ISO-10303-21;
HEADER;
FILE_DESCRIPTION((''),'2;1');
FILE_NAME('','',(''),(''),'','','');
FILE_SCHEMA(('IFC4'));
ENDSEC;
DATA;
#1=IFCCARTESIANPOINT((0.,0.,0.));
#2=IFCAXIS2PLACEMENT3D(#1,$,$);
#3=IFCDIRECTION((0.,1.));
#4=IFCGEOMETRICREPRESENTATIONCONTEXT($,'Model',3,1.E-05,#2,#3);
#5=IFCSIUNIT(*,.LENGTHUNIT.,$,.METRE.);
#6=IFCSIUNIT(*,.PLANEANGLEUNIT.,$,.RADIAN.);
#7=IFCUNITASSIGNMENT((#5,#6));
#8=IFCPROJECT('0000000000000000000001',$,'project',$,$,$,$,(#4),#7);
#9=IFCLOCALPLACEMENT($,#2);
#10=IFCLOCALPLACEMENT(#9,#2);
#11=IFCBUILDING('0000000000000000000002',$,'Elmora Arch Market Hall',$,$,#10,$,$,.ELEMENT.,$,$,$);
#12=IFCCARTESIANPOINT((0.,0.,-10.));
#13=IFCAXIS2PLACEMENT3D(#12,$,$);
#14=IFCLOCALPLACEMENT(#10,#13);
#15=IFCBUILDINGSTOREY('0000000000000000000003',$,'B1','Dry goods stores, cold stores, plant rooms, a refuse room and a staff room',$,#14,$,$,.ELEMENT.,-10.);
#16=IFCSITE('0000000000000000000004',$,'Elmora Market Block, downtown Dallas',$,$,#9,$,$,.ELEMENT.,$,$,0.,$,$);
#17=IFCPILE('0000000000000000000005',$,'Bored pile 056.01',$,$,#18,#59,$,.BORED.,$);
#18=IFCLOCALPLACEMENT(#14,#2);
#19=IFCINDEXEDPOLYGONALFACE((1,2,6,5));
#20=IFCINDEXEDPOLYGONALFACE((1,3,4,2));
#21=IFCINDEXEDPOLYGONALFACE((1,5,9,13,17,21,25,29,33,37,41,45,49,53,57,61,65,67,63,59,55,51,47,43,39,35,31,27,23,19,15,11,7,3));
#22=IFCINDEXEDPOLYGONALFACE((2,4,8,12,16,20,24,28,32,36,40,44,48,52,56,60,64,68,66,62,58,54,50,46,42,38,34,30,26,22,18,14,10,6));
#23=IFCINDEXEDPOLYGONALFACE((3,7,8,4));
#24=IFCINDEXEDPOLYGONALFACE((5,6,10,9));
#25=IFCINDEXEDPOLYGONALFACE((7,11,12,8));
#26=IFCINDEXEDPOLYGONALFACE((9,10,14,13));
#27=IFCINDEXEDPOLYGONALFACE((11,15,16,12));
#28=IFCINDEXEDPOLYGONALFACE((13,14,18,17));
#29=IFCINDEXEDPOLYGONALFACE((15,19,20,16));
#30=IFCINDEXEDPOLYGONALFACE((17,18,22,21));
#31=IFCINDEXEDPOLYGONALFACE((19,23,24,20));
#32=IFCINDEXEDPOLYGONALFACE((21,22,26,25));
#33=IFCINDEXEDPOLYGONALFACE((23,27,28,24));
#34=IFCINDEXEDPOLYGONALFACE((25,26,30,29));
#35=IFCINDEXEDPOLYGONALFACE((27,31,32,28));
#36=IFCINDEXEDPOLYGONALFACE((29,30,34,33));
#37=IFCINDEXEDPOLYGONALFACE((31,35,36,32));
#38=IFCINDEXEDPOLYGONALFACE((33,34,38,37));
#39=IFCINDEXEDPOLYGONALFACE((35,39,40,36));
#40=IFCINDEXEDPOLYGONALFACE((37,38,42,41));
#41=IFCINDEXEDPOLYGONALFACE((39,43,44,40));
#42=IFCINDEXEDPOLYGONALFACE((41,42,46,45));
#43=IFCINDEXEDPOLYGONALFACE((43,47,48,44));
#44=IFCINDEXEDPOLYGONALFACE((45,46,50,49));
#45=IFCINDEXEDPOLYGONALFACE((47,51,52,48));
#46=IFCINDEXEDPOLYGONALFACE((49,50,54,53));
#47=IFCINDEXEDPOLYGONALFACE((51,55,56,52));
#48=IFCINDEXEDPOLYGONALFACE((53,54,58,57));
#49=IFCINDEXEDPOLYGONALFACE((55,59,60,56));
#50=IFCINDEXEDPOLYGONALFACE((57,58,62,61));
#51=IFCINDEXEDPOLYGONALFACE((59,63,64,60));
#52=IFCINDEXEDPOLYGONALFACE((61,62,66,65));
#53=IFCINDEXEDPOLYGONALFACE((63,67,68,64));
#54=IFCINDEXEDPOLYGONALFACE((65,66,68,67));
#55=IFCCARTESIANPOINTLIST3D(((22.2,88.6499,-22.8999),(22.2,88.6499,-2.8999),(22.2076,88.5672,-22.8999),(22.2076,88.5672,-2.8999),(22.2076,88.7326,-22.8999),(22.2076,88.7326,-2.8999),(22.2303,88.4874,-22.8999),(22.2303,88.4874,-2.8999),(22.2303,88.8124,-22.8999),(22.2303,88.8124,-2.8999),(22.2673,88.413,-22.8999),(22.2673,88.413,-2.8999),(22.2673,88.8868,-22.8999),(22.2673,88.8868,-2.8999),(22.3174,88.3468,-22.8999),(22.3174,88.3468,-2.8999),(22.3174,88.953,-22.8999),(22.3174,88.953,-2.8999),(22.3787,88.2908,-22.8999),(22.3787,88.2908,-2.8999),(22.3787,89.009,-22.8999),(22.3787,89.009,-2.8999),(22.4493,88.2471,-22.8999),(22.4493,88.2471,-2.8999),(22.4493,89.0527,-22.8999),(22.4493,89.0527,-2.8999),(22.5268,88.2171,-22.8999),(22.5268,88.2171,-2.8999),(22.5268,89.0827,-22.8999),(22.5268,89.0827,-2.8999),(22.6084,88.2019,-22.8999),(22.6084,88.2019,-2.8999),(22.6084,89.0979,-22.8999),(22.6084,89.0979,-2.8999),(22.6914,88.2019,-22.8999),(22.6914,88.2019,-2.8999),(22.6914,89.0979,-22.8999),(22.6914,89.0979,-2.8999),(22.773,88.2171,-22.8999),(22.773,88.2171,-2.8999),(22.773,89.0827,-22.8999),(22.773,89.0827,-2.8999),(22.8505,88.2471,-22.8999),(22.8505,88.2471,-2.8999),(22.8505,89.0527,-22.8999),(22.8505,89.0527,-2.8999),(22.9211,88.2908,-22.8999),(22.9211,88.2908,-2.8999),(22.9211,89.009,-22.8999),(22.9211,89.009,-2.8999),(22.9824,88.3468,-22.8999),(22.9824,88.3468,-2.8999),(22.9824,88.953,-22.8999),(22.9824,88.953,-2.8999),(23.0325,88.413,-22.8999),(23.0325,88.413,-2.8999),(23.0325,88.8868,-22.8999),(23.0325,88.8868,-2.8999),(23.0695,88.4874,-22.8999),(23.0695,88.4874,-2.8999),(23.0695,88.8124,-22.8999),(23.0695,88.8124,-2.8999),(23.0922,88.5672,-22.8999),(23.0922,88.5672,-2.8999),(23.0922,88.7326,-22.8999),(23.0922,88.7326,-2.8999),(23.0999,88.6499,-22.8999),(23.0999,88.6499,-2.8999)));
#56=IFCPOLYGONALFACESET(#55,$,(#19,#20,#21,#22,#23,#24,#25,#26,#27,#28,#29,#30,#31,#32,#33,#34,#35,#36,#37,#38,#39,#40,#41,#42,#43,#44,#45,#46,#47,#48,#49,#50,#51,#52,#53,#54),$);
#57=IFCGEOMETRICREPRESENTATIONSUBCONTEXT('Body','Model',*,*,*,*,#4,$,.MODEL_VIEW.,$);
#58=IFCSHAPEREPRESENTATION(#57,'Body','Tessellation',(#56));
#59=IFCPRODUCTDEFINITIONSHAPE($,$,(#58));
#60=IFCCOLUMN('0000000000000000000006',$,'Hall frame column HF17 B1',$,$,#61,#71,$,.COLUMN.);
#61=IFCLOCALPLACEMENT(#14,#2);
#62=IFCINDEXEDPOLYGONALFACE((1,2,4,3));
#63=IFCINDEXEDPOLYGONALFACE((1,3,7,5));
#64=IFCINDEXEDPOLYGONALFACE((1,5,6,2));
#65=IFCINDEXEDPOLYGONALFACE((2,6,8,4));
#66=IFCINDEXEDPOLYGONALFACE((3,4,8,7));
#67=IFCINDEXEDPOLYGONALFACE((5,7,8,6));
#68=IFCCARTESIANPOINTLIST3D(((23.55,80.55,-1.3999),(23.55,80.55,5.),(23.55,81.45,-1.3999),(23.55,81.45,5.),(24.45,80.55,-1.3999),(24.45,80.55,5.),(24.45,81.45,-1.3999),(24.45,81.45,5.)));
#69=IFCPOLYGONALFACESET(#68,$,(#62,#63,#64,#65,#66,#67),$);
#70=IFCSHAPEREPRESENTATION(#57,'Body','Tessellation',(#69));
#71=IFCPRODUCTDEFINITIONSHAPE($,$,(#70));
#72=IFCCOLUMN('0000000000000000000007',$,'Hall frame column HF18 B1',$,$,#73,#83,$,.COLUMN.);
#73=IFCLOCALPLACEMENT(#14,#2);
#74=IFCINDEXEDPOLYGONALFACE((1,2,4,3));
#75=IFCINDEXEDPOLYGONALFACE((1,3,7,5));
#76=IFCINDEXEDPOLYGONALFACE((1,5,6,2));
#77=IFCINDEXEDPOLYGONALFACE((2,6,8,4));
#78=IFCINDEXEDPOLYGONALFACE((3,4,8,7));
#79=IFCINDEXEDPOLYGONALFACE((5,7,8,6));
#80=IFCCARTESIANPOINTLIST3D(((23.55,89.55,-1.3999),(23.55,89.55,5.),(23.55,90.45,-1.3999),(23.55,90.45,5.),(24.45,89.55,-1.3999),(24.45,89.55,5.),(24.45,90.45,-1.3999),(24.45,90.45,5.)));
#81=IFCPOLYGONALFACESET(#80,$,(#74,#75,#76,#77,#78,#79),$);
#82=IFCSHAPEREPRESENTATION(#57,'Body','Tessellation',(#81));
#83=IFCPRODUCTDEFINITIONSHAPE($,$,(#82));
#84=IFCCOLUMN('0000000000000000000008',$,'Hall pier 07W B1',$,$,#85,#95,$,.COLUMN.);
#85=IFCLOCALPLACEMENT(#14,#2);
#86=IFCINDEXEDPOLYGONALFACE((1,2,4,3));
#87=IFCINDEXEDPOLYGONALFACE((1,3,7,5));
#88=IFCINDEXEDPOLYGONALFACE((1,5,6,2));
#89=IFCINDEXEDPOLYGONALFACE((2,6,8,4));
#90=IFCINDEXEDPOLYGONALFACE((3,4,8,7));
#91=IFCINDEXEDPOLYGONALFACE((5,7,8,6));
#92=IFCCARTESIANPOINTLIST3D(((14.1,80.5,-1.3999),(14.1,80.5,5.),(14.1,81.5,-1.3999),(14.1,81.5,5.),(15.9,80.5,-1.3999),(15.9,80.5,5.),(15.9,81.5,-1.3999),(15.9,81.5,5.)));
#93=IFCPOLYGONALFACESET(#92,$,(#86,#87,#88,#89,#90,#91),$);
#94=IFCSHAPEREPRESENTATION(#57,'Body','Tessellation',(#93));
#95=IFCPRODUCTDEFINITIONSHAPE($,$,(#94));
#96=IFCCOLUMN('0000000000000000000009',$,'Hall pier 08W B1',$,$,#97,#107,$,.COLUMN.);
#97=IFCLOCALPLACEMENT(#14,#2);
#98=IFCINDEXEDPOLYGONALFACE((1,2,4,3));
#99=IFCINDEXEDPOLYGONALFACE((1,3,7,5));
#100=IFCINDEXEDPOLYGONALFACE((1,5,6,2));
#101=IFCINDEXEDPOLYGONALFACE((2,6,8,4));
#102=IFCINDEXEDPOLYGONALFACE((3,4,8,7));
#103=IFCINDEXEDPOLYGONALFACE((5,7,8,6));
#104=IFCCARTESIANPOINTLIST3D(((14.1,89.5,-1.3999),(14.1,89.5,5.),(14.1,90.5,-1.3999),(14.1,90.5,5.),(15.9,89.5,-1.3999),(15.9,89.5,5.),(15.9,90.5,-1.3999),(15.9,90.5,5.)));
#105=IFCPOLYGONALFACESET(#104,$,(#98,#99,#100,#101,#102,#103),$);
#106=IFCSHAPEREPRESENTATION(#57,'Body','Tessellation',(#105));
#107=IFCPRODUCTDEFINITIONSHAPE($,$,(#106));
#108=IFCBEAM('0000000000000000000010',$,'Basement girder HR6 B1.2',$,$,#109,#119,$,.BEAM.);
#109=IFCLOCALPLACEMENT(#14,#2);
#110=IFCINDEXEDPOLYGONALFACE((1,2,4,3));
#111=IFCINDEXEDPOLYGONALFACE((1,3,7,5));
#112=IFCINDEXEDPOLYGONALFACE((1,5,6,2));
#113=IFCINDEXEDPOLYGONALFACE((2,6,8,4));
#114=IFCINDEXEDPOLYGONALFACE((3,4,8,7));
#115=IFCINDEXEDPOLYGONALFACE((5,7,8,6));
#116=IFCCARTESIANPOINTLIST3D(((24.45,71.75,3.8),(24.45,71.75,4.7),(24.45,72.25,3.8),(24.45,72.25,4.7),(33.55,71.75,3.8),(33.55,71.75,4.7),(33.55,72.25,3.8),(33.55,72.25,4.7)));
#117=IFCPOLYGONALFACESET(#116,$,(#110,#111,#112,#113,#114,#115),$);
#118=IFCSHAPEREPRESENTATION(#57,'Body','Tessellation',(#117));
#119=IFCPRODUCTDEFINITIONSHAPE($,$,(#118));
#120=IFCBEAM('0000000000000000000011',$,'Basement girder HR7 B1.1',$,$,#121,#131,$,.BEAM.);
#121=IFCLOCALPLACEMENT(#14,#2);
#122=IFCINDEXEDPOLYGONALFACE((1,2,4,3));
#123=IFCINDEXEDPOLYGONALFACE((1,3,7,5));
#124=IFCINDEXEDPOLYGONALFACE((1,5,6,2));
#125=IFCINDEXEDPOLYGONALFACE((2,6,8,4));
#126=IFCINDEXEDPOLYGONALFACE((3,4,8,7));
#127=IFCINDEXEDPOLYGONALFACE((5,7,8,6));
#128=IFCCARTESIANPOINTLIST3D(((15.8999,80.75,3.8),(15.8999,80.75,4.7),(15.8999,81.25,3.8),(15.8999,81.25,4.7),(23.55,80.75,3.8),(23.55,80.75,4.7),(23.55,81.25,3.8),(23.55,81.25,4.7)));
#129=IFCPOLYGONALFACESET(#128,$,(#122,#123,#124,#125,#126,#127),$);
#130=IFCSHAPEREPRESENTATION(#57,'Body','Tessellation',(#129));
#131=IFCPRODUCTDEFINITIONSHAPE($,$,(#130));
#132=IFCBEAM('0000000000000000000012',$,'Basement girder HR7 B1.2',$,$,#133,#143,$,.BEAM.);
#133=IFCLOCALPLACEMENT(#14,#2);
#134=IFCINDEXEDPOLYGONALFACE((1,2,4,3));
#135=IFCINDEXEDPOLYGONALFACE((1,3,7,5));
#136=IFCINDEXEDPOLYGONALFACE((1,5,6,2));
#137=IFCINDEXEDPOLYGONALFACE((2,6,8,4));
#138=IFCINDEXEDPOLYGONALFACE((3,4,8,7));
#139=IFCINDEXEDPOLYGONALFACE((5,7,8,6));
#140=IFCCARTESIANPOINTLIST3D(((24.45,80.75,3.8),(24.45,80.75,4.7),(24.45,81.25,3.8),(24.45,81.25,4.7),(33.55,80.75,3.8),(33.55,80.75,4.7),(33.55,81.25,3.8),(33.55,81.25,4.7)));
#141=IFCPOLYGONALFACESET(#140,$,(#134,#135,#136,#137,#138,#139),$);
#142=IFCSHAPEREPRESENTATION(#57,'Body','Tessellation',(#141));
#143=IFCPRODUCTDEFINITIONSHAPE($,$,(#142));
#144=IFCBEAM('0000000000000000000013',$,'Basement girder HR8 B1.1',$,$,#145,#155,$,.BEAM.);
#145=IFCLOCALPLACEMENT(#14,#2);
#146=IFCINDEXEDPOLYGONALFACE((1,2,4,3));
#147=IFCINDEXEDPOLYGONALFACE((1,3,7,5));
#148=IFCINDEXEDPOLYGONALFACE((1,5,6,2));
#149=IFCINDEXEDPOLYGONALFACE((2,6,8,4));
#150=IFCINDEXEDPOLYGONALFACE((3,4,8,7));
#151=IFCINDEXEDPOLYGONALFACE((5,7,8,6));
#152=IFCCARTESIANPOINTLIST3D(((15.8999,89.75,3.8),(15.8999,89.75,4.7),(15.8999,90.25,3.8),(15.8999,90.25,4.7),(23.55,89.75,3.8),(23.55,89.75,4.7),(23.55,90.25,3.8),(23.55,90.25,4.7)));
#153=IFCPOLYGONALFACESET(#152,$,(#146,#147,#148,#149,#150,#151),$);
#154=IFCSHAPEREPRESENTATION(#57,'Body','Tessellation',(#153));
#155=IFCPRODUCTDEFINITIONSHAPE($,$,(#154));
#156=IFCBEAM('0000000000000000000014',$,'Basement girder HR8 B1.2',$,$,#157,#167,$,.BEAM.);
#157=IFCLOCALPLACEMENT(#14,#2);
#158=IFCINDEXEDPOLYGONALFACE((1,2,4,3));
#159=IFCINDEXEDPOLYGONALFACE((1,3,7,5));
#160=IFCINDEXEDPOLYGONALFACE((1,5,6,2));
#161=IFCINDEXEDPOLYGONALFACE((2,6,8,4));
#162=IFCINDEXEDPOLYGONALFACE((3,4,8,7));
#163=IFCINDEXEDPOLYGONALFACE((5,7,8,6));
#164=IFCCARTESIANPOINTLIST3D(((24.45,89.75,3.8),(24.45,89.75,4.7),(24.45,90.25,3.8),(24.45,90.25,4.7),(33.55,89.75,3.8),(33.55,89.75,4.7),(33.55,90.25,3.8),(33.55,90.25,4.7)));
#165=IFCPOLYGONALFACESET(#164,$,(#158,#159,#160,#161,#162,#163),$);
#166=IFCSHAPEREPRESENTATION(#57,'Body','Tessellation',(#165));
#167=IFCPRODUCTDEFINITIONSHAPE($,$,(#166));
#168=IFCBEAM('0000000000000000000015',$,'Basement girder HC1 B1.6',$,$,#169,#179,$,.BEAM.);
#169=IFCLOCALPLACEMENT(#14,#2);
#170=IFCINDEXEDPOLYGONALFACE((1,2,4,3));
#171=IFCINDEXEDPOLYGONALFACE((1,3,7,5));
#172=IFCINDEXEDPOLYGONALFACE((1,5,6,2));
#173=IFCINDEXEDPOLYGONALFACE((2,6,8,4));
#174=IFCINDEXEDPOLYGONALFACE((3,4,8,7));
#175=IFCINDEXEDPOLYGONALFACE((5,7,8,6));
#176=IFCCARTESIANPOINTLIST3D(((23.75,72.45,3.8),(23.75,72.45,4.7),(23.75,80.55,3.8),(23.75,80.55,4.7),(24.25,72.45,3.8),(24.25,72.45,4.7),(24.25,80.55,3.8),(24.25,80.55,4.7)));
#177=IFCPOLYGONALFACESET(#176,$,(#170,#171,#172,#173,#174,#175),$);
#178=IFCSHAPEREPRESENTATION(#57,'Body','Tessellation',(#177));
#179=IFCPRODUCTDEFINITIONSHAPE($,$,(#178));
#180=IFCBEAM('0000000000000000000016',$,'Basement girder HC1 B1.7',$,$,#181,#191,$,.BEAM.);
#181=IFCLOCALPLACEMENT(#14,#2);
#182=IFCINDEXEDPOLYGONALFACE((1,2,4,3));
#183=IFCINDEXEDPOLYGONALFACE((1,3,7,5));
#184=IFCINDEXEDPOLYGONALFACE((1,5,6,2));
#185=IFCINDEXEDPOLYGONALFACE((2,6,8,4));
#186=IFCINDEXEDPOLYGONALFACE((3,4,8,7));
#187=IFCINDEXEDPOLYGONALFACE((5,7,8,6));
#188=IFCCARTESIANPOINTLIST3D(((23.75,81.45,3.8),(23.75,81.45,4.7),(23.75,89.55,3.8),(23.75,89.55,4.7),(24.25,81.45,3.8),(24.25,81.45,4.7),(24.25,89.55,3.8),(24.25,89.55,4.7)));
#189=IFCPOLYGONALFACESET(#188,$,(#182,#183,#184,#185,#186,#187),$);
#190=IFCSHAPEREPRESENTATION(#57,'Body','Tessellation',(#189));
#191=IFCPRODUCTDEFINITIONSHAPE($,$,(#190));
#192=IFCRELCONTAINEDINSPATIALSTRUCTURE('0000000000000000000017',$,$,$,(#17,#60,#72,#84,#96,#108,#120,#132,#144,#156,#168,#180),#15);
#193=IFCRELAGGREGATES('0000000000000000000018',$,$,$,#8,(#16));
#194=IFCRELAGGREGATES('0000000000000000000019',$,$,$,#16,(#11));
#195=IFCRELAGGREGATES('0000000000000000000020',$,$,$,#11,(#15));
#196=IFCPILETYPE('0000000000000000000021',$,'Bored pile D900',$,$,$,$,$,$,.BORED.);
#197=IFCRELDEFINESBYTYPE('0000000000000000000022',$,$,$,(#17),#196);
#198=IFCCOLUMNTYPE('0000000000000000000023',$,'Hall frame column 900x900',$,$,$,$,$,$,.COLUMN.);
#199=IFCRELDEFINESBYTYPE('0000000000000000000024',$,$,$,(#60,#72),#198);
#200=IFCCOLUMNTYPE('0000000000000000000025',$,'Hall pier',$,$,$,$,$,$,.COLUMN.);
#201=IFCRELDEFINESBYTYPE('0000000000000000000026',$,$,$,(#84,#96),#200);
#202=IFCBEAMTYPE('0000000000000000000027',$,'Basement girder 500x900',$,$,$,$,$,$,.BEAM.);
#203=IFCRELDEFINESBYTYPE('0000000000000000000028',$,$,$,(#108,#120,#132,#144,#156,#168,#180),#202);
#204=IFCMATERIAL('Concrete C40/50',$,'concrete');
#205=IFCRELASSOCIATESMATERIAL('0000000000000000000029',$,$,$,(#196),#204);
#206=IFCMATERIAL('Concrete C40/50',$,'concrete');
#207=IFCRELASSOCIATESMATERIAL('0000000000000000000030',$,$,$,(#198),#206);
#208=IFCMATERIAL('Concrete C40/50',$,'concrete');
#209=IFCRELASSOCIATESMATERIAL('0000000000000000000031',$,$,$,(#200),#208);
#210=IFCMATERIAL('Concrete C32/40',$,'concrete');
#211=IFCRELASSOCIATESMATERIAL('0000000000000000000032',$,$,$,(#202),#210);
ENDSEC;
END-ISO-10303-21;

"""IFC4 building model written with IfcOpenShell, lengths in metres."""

from ifc_helpers import new_model, si_unit, direction, frame, origin, origin_2d, place, context, subcontext, project, spatial, rectangle, circle, extrude, material, material_profile, profile_set, type_object, element, save


model = new_model("IFC4")

# Units and contexts
model_context = context("Model", 3, precision=1e-05, world=origin(), true_north=direction((0.0, 1.0)))
body_context = subcontext(model_context, "Body", "Model", "MODEL_VIEW")
ifc_project = project(units=[si_unit("LENGTHUNIT", "METRE"), si_unit("PLANEANGLEUNIT", "RADIAN")], contexts=[model_context])

# Site, building, storey
site_placement = place(None, origin())
site = spatial("IfcSite", under=ifc_project, at=site_placement, Name="Elmora Market Block, downtown Dallas", CompositionType="ELEMENT", RefElevation=0.0)
building_placement = place(site_placement, origin())
building = spatial("IfcBuilding", under=site, at=building_placement, Name="Elmora Arch Market Hall", CompositionType="ELEMENT")
storey_placement = place(building_placement, frame((0.0, 0.0, -10.0)))
storey = spatial("IfcBuildingStorey", under=building, at=storey_placement, Name="B1", Description="Dry goods stores, cold stores, plant rooms, a refuse room and a staff room", CompositionType="ELEMENT", Elevation=-10.0)

# Pile
ifc_material_1 = material(Name="Concrete C40/50", Category="concrete")
ifc_material_profile_1 = material_profile(ifc_material_1, circle(Radius=0.45, at=origin_2d()), Name="Bored pile D900")
ifc_profile_set_1 = profile_set([ifc_material_profile_1], Name="Concrete C40/50")
pile_type = type_object("IfcPileType", Name="Bored pile D900", PredefinedType="BORED", material=ifc_profile_set_1)
for number, where, z_axis, x_axis, name in (
    (1, (22.6499, 88.6499, -2.8999), (0.0, 0.0, -1.0), (1.0, 0.0, 0.0), "Bored pile 056.01"),
):
    element("IfcPile", number, at=place(storey_placement, frame(where, z_axis=z_axis, x_axis=x_axis)), inside=storey, type_object=pile_type, Name=name, PredefinedType="BORED", context=body_context, shape_type="SweptSolid", body=[
        extrude(circle(Radius=0.45, at=origin_2d()), origin(), (0.0, 0.0, 1.0), 20.0),
    ])

# Columns
ifc_material_2 = material(Name="Concrete C40/50", Category="concrete")
ifc_material_profile_2 = material_profile(ifc_material_2, rectangle(XDim=0.8999, YDim=0.8999, at=origin_2d()), Name="Hall frame column 900x900")
ifc_profile_set_2 = profile_set([ifc_material_profile_2], Name="Concrete C40/50")
column_type_1 = type_object("IfcColumnType", Name="Hall frame column 900x900", PredefinedType="COLUMN", material=ifc_profile_set_2)
for number, where, z_axis, x_axis, name in (
    (2, (24.0, 81.0, -1.3999), (0.0, 0.0, 1.0), (1.0, 0.0, 0.0), "Hall frame column HF17 B1"),
    (3, (24.0, 90.0, -1.3999), (0.0, 0.0, 1.0), (1.0, 0.0, 0.0), "Hall frame column HF18 B1"),
):
    element("IfcColumn", number, at=place(storey_placement, frame(where, z_axis=z_axis, x_axis=x_axis)), inside=storey, type_object=column_type_1, Name=name, PredefinedType="COLUMN", context=body_context, shape_type="SweptSolid", body=[
        extrude(rectangle(XDim=0.8999, YDim=0.8999, at=origin_2d()), origin(), (0.0, 0.0, 1.0), 6.3999),
    ])
ifc_material_3 = material(Name="Concrete C40/50", Category="concrete")
ifc_material_profile_3 = material_profile(ifc_material_3, rectangle(XDim=1.8, YDim=1.0, at=origin_2d()), Name="Hall pier")
ifc_profile_set_3 = profile_set([ifc_material_profile_3], Name="Concrete C40/50")
column_type_2 = type_object("IfcColumnType", Name="Hall pier", PredefinedType="COLUMN", material=ifc_profile_set_3)
for number, where, z_axis, x_axis, name in (
    (4, (15.0, 81.0, -1.3999), (0.0, 0.0, 1.0), (1.0, 0.0, 0.0), "Hall pier 07W B1"),
    (5, (15.0, 90.0, -1.3999), (0.0, 0.0, 1.0), (1.0, 0.0, 0.0), "Hall pier 08W B1"),
):
    element("IfcColumn", number, at=place(storey_placement, frame(where, z_axis=z_axis, x_axis=x_axis)), inside=storey, type_object=column_type_2, Name=name, PredefinedType="COLUMN", context=body_context, shape_type="SweptSolid", body=[
        extrude(rectangle(XDim=1.8, YDim=1.0, at=origin_2d()), origin(), (0.0, 0.0, 1.0), 6.3999),
    ])

# Beams
ifc_material_4 = material(Name="Concrete C32/40", Category="concrete")
ifc_material_profile_4 = material_profile(ifc_material_4, rectangle(XDim=0.5, YDim=0.8999, at=origin_2d()), Name="Basement girder 500x900")
ifc_profile_set_4 = profile_set([ifc_material_profile_4], Name="Concrete C32/40")
beam_type_1 = type_object("IfcBeamType", Name="Basement girder 500x900", PredefinedType="BEAM", material=ifc_profile_set_4)
beam_1_placement = place(storey_placement, frame((24.45, 72.0, 4.25), z_axis=(1.0, 0.0, 0.0), x_axis=(0.0, 1.0, 0.0)))
element("IfcBeam", 6, at=beam_1_placement, inside=storey, type_object=beam_type_1, Name="Basement girder HR6 B1.2", PredefinedType="BEAM", context=body_context, shape_type="SweptSolid", body=[
    extrude(rectangle(XDim=0.5, YDim=0.8999, at=origin_2d()), origin(), (0.0, 0.0, 1.0), 9.1001),
])
beam_2_placement = place(storey_placement, frame((15.8999, 81.0, 4.25), z_axis=(1.0, 0.0, 0.0), x_axis=(0.0, 1.0, 0.0)))
element("IfcBeam", 7, at=beam_2_placement, inside=storey, type_object=beam_type_1, Name="Basement girder HR7 B1.1", PredefinedType="BEAM", context=body_context, shape_type="SweptSolid", body=[
    extrude(rectangle(XDim=0.5, YDim=0.8999, at=origin_2d()), origin(), (0.0, 0.0, 1.0), 7.6501),
])
beam_3_placement = place(storey_placement, frame((24.45, 81.0, 4.25), z_axis=(1.0, 0.0, 0.0), x_axis=(0.0, 1.0, 0.0)))
element("IfcBeam", 8, at=beam_3_placement, inside=storey, type_object=beam_type_1, Name="Basement girder HR7 B1.2", PredefinedType="BEAM", context=body_context, shape_type="SweptSolid", body=[
    extrude(rectangle(XDim=0.5, YDim=0.8999, at=origin_2d()), origin(), (0.0, 0.0, 1.0), 9.1001),
])
beam_4_placement = place(storey_placement, frame((15.8999, 90.0, 4.25), z_axis=(1.0, 0.0, 0.0), x_axis=(0.0, 1.0, 0.0)))
element("IfcBeam", 9, at=beam_4_placement, inside=storey, type_object=beam_type_1, Name="Basement girder HR8 B1.1", PredefinedType="BEAM", context=body_context, shape_type="SweptSolid", body=[
    extrude(rectangle(XDim=0.5, YDim=0.8999, at=origin_2d()), origin(), (0.0, 0.0, 1.0), 7.6501),
])
beam_5_placement = place(storey_placement, frame((24.45, 90.0, 4.25), z_axis=(1.0, 0.0, 0.0), x_axis=(0.0, 1.0, 0.0)))
element("IfcBeam", 10, at=beam_5_placement, inside=storey, type_object=beam_type_1, Name="Basement girder HR8 B1.2", PredefinedType="BEAM", context=body_context, shape_type="SweptSolid", body=[
    extrude(rectangle(XDim=0.5, YDim=0.8999, at=origin_2d()), origin(), (0.0, 0.0, 1.0), 9.1001),
])
for number, where, z_axis, x_axis, name in (
    (11, (24.0, 72.45, 4.25), (0.0, 1.0, 0.0), (-1.0, 0.0, 0.0), "Basement girder HC1 B1.6"),
    (12, (24.0, 81.45, 4.25), (0.0, 1.0, 0.0), (-1.0, 0.0, 0.0), "Basement girder HC1 B1.7"),
):
    element("IfcBeam", number, at=place(storey_placement, frame(where, z_axis=z_axis, x_axis=x_axis)), inside=storey, type_object=beam_type_1, Name=name, PredefinedType="BEAM", context=body_context, shape_type="SweptSolid", body=[
        extrude(rectangle(XDim=0.5, YDim=0.8999, at=origin_2d()), origin(), (0.0, 0.0, 1.0), 8.1001),
    ])

save(model, "model.ifc")
